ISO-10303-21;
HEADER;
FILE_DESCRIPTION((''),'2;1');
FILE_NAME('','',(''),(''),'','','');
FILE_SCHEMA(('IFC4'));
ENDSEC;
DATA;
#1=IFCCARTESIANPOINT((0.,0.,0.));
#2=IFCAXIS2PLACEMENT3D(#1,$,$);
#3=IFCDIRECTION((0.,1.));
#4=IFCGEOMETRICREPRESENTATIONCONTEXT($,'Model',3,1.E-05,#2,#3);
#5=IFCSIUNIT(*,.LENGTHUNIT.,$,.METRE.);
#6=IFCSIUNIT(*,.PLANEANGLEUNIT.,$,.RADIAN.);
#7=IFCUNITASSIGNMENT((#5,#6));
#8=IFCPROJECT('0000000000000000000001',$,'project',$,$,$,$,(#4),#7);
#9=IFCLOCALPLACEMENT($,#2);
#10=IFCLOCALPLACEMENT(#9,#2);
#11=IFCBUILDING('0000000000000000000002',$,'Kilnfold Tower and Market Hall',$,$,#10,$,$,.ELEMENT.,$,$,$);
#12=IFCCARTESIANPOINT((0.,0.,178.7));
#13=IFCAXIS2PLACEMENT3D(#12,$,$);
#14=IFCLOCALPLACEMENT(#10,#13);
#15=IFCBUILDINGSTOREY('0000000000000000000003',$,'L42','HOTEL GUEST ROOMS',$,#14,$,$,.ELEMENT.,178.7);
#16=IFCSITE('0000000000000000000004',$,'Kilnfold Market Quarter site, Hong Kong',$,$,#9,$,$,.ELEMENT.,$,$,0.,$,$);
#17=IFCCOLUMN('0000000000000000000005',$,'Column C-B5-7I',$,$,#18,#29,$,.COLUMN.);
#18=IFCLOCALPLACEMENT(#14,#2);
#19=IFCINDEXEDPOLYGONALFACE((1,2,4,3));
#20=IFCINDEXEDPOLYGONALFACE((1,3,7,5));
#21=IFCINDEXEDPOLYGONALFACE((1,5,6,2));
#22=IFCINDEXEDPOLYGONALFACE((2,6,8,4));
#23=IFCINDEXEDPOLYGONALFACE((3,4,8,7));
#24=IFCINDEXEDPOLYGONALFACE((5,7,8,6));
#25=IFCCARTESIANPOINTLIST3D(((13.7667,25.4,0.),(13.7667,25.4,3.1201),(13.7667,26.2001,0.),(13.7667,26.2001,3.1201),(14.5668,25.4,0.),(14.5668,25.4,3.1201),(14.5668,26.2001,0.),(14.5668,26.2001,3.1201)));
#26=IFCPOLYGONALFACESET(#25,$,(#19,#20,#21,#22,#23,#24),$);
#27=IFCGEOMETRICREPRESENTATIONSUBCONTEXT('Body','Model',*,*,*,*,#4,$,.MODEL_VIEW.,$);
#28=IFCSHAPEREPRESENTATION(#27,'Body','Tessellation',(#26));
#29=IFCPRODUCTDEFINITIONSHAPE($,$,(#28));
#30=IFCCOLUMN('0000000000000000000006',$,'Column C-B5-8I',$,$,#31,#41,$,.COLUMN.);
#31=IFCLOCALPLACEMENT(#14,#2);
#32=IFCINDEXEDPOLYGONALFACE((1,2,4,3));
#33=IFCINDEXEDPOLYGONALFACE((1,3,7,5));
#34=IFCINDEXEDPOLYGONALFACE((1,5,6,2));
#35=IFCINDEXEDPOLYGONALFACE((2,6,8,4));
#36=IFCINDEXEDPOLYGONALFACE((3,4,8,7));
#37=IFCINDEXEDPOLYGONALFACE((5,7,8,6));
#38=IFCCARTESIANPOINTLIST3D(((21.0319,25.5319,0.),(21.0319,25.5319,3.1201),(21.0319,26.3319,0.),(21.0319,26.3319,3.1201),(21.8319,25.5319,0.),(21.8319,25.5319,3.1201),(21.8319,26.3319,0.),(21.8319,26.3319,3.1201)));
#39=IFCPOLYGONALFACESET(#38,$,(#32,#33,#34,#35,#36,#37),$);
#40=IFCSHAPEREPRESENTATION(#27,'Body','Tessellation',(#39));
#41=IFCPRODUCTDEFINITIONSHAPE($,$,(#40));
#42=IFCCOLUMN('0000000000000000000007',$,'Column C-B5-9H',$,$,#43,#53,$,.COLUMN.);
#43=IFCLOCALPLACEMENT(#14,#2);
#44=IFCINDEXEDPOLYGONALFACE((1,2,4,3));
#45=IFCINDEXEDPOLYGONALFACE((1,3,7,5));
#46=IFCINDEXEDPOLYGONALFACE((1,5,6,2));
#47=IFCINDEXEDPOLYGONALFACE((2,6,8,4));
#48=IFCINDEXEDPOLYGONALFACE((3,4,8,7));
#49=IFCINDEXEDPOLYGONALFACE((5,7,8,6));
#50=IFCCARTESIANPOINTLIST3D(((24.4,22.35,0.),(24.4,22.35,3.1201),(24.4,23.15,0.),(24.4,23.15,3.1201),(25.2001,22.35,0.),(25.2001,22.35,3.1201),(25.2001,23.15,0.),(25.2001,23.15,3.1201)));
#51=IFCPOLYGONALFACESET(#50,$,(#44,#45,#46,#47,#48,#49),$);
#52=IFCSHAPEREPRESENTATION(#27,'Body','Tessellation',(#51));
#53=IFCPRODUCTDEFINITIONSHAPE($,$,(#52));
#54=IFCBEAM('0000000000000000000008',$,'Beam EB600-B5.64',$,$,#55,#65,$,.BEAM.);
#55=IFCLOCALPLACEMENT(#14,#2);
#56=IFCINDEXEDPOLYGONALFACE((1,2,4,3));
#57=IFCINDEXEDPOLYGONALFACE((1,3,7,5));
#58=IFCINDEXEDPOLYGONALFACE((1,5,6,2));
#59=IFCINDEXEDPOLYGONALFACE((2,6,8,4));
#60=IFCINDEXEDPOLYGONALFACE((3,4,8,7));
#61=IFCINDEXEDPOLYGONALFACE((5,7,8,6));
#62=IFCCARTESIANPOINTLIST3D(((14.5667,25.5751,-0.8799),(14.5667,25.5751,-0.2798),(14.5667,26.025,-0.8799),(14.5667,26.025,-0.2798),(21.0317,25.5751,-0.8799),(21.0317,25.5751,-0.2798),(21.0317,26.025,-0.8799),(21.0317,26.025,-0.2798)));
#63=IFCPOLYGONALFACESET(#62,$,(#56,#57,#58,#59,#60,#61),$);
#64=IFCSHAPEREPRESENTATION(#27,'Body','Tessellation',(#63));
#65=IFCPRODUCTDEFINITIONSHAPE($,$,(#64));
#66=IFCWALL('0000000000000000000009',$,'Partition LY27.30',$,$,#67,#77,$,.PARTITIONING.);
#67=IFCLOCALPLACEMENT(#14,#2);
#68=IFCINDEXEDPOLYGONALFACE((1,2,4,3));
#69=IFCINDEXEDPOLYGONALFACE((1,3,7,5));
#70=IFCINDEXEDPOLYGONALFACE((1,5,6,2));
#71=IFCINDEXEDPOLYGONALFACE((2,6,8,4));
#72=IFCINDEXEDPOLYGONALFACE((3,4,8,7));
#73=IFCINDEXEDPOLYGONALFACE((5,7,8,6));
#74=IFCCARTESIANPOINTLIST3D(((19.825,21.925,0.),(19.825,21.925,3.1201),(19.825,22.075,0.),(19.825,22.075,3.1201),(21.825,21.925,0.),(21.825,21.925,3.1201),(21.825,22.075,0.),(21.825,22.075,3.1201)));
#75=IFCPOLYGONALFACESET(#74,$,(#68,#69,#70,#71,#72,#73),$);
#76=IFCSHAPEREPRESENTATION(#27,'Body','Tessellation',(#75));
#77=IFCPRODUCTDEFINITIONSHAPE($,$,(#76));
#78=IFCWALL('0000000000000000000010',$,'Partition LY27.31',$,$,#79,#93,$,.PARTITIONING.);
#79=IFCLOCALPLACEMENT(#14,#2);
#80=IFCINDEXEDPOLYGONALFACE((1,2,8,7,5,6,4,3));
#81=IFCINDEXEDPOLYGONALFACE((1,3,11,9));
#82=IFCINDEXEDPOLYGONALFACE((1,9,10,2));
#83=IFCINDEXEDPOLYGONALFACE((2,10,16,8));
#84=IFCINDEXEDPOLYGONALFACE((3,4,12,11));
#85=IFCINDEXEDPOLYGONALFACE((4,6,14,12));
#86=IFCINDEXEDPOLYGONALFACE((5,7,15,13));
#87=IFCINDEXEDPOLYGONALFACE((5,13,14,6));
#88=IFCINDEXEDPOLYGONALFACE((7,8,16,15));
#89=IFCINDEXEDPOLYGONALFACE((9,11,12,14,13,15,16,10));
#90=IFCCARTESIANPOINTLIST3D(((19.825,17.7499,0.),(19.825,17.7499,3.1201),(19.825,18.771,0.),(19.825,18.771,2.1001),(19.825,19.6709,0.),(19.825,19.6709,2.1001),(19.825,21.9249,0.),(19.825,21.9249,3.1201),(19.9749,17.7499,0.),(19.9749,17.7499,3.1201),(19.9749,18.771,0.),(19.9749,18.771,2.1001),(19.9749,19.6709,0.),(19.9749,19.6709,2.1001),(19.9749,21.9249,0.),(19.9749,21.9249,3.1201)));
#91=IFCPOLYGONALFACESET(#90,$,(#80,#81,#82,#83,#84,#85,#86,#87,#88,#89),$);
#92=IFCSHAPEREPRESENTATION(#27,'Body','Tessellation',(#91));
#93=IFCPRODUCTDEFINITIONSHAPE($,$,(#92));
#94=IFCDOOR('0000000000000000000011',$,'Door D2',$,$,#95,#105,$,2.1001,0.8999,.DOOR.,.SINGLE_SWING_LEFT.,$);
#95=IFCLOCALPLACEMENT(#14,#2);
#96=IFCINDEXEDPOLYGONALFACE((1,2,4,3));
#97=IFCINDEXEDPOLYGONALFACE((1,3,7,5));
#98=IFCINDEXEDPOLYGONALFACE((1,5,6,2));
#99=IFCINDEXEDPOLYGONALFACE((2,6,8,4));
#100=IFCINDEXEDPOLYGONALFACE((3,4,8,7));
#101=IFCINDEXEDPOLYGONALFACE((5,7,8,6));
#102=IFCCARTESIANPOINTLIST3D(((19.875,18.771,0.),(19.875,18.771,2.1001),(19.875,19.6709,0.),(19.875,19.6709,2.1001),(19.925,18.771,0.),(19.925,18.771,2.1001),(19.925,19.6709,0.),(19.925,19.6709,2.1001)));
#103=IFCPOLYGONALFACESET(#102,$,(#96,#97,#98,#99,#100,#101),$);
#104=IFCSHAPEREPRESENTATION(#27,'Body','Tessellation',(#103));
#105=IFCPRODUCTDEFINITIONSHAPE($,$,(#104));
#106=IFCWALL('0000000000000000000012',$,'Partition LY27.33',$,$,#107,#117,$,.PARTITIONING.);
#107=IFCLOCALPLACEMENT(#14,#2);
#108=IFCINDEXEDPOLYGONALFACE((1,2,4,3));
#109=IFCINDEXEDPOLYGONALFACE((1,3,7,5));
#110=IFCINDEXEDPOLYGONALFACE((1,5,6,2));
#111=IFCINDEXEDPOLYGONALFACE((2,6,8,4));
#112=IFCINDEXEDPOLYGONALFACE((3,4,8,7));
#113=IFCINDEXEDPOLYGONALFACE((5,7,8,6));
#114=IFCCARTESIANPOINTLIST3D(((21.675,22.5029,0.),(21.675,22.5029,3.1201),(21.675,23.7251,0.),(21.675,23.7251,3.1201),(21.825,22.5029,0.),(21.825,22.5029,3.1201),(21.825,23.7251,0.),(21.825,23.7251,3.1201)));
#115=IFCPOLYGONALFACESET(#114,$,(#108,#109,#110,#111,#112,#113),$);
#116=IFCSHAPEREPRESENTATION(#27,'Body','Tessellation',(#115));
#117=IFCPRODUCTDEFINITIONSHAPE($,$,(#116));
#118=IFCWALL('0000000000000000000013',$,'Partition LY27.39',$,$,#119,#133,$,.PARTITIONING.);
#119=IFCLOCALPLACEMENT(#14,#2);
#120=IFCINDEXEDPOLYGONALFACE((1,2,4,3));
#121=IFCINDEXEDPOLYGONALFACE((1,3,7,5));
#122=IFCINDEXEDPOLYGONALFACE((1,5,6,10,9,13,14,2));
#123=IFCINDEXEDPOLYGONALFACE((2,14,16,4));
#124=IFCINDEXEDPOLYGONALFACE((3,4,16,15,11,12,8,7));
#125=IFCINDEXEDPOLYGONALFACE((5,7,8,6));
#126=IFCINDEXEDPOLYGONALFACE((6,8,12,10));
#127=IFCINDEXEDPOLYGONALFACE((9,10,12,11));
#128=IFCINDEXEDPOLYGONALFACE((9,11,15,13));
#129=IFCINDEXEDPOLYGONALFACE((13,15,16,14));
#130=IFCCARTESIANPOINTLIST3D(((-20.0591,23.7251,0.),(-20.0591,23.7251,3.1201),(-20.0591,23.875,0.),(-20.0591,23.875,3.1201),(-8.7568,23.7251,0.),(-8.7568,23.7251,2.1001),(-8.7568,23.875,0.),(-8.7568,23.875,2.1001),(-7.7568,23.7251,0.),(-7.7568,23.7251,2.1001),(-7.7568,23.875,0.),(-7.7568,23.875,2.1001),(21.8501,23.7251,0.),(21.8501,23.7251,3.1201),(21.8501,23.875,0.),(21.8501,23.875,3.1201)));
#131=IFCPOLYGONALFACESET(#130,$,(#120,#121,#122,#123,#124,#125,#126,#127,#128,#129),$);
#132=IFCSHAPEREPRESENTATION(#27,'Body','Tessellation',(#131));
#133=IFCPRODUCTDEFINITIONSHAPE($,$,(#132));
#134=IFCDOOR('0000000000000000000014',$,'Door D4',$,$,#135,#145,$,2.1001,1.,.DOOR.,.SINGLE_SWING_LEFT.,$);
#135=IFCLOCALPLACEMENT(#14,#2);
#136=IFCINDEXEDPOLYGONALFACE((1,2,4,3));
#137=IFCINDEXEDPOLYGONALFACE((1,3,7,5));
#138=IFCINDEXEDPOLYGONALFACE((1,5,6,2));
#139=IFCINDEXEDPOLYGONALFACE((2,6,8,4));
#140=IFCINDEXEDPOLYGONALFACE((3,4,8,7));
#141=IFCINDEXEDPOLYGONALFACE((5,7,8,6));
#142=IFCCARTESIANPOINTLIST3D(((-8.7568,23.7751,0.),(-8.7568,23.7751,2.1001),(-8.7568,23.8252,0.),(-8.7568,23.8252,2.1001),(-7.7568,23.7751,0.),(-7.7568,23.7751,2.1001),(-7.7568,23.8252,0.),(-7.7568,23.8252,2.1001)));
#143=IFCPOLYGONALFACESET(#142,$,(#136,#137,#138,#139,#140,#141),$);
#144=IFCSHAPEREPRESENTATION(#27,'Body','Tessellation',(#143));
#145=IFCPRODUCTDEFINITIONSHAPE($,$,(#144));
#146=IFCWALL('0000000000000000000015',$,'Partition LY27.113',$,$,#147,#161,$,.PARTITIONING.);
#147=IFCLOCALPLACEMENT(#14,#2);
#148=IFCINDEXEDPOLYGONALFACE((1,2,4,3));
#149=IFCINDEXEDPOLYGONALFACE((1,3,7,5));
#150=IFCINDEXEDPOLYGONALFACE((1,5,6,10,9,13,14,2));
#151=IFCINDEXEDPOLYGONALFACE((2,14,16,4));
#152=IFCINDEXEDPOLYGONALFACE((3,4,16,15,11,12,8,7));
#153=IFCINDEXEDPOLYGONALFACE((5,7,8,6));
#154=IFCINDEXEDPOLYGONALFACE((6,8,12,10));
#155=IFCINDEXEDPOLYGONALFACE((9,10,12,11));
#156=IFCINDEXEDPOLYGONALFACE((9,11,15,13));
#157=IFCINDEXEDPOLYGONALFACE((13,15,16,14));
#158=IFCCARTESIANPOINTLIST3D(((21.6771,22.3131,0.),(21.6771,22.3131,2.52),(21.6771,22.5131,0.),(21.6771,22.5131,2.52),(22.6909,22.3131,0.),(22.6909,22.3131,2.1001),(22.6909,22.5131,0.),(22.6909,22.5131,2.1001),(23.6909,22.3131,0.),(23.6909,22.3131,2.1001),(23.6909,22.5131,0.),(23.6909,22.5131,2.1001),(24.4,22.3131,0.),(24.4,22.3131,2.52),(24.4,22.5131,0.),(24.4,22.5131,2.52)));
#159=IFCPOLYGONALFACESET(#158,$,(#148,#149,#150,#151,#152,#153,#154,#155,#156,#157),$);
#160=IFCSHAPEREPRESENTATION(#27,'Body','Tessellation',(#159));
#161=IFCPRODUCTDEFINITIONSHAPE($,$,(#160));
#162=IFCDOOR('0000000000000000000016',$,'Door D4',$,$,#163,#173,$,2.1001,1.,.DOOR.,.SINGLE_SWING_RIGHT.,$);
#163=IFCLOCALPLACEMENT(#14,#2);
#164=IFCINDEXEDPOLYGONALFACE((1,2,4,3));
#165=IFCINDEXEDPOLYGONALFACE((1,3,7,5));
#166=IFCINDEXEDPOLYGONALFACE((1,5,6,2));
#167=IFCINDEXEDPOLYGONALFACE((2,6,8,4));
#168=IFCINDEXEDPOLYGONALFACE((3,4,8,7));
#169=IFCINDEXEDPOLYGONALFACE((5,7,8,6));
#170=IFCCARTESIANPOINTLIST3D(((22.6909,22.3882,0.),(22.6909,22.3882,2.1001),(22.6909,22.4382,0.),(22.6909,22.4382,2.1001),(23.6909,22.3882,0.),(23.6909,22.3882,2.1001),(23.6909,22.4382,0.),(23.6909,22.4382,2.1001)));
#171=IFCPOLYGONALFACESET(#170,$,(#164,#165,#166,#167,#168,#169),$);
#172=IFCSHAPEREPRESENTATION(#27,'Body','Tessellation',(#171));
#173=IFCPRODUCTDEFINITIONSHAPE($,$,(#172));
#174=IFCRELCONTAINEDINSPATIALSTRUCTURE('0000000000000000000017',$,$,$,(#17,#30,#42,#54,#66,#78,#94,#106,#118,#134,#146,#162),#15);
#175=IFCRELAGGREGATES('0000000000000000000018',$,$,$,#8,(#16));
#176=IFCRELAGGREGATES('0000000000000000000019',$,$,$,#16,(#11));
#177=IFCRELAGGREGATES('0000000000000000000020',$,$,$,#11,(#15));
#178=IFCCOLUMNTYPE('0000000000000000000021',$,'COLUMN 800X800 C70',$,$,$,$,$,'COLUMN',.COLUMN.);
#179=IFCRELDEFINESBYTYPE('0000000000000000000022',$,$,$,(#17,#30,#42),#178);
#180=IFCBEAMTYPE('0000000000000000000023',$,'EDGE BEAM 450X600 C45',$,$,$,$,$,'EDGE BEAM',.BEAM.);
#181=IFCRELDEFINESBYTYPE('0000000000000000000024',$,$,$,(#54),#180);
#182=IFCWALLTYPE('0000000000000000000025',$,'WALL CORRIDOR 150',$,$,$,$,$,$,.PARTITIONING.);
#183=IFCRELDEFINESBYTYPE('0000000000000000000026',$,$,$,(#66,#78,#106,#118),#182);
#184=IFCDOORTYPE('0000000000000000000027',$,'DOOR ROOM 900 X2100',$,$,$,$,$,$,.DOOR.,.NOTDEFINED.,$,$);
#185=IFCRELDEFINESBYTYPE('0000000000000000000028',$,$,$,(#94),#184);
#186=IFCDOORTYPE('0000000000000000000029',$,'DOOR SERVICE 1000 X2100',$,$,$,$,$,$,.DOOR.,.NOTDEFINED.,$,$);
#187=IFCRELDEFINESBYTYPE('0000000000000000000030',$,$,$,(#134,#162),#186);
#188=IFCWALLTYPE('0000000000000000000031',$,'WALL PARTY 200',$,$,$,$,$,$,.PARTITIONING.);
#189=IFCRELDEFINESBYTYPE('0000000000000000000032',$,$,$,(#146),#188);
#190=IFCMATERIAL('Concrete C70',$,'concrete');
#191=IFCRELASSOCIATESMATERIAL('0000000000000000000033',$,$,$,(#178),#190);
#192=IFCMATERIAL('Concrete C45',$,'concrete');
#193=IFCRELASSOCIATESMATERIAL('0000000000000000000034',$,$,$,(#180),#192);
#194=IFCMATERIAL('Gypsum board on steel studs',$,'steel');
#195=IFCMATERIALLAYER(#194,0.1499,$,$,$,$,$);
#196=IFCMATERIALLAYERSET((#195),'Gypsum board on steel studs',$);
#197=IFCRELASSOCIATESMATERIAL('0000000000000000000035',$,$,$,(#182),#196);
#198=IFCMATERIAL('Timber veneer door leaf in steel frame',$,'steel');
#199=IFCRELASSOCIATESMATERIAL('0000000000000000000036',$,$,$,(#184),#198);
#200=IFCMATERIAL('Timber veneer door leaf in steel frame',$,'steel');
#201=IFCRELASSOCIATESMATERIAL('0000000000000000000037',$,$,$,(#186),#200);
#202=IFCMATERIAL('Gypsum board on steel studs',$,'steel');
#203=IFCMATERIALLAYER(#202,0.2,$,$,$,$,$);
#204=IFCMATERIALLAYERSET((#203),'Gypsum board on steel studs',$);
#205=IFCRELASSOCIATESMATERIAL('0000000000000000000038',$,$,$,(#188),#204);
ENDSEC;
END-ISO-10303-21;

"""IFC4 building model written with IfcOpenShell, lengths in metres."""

from ifc_helpers import new_model, si_unit, direction, frame, frame_2d, origin, origin_2d, place, context, subcontext, project, spatial, rectangle, extrude, source, transform, mapped, material, layer, layer_set, material_profile, profile_set, type_object, element, fill, save


model = new_model("IFC4")

# Units and contexts
model_context = context("Model", 3, precision=1e-05, world=origin(), true_north=direction((0.0, 1.0)))
body_context = subcontext(model_context, "Body", "Model", "MODEL_VIEW")
ifc_project = project(units=[si_unit("LENGTHUNIT", "METRE"), si_unit("PLANEANGLEUNIT", "RADIAN")], contexts=[model_context])

# Site, building, storey
site_placement = place(None, origin())
site = spatial("IfcSite", under=ifc_project, at=site_placement, Name="Kilnfold Market Quarter site, Hong Kong", CompositionType="ELEMENT", RefElevation=0.0)
building_placement = place(site_placement, origin())
building = spatial("IfcBuilding", under=site, at=building_placement, Name="Kilnfold Tower and Market Hall", CompositionType="ELEMENT")
storey_placement = place(building_placement, frame((0.0, 0.0, 178.7)))
storey = spatial("IfcBuildingStorey", under=building, at=storey_placement, Name="L42", Description="HOTEL GUEST ROOMS", CompositionType="ELEMENT", Elevation=178.7)

# Columns
ifc_material_1 = material(Name="Concrete C70", Category="concrete")
ifc_material_profile_1 = material_profile(ifc_material_1, rectangle(XDim=0.8, YDim=0.8, at=origin_2d()), Name="RC 800x800")
ifc_profile_set_1 = profile_set([ifc_material_profile_1], Name="Concrete C70")
column_type = type_object("IfcColumnType", Name="COLUMN 800X800 C70", ElementType="COLUMN", PredefinedType="COLUMN", material=ifc_profile_set_1)
shared_shape_1 = source(origin(), body_context, "Body", "SweptSolid", [
    extrude(rectangle(XDim=0.8, YDim=0.8, at=origin_2d()), origin(), (0.0, 0.0, 1.0), 3.1201),
])
for number, where, z_axis, x_axis, name in (
    (1, (14.1667, 25.8, 0.0), (0.0, 0.0, 1.0), (1.0, 0.0, 0.0), "Column C-B5-7I"),
    (2, (21.4319, 25.9319, 0.0), (0.0, 0.0, 1.0), (1.0, 0.0, 0.0), "Column C-B5-8I"),
    (3, (24.8, 22.75, 0.0), (0.0, 0.0, 1.0), (1.0, 0.0, 0.0), "Column C-B5-9H"),
):
    element("IfcColumn", number, at=place(storey_placement, frame(where, z_axis=z_axis, x_axis=x_axis)), inside=storey, type_object=column_type, Name=name, PredefinedType="COLUMN", context=body_context, shape_type="MappedRepresentation", body=[
        mapped(shared_shape_1, transform((0.0, 0.0, 0.0))),
    ])

# Beam
ifc_material_2 = material(Name="Concrete C45", Category="concrete")
ifc_material_profile_2 = material_profile(ifc_material_2, rectangle(XDim=0.45, YDim=0.6001, at=origin_2d()), Name="RC 450x600")
ifc_profile_set_2 = profile_set([ifc_material_profile_2], Name="Concrete C45")
beam_type = type_object("IfcBeamType", Name="EDGE BEAM 450X600 C45", ElementType="EDGE BEAM", PredefinedType="BEAM", material=ifc_profile_set_2)
shared_shape_2 = source(origin(), body_context, "Body", "SweptSolid", [
    extrude(rectangle(XDim=0.45, YDim=0.6001, at=origin_2d()), origin(), (0.0, 0.0, 1.0), 6.4651),
])
beam_placement = place(storey_placement, frame((14.5667, 25.8, -0.5798), z_axis=(1.0, 0.0, 0.0), x_axis=(0.0, 1.0, 0.0)))
element("IfcBeam", 4, at=beam_placement, inside=storey, type_object=beam_type, Name="Beam EB600-B5.64", PredefinedType="BEAM", context=body_context, shape_type="MappedRepresentation", body=[
    mapped(shared_shape_2, transform((0.0, 0.0, 0.0))),
])

# Wall
ifc_material_3 = material(Name="Gypsum board on steel studs", Category="steel")
ifc_layer_1 = layer(ifc_material_3, 0.1499)
ifc_layer_set_1 = layer_set([ifc_layer_1], Name="Gypsum board on steel studs")
wall_type_1 = type_object("IfcWallType", Name="WALL CORRIDOR 150", PredefinedType="PARTITIONING", material=ifc_layer_set_1)
wall_1_placement = place(storey_placement, frame((19.825, 22.0, 0.0), z_axis=(0.0, 0.0, 1.0), x_axis=(1.0, 0.0, 0.0)))
element("IfcWall", 5, at=wall_1_placement, inside=storey, type_object=wall_type_1, Name="Partition LY27.30", PredefinedType="PARTITIONING", context=body_context, shape_type="SweptSolid", body=[
    extrude(rectangle(XDim=2.0, YDim=0.1499, at=frame_2d((1.0, 0.0))), origin(), (0.0, 0.0, 1.0), 3.1201),
])

# Wall, opening, door
wall_2_placement = place(storey_placement, frame((19.8999, 17.75, 0.0), z_axis=(0.0, 0.0, 1.0), x_axis=(0.0, 1.0, 0.0)))
wall_2 = element("IfcWall", 6, at=wall_2_placement, inside=storey, type_object=wall_type_1, Name="Partition LY27.31", PredefinedType="PARTITIONING", context=body_context, shape_type="SweptSolid", body=[
    extrude(rectangle(XDim=4.175, YDim=0.1499, at=frame_2d((2.0874, 0.0))), origin(), (0.0, 0.0, 1.0), 3.1201),
])
opening_1_placement = place(wall_2_placement, frame((1.021, 0.0, 0.0)))
opening_1 = element("IfcOpeningElement", 7, at=opening_1_placement, cuts=wall_2, PredefinedType="OPENING", context=body_context, shape_type="SweptSolid", body=[
    extrude(rectangle(XDim=0.8999, YDim=2.1001, at=frame_2d((0.45, 1.05))), frame((0.0, 0.085, 0.0), z_axis=(0.0, -1.0, 0.0), x_axis=(1.0, 0.0, 0.0)), (0.0, 0.0, 1.0), 0.1699),
])
ifc_material_4 = material(Name="Timber veneer door leaf in steel frame", Category="steel")
door_type_1 = type_object("IfcDoorType", Name="DOOR ROOM 900 X2100", OperationType="NOTDEFINED", PredefinedType="DOOR", material=ifc_material_4)
door_1_placement = place(opening_1_placement, origin())
door_1 = element("IfcDoor", 8, at=door_1_placement, inside=storey, type_object=door_type_1, Name="Door D2", OperationType="SINGLE_SWING_LEFT", OverallHeight=2.1001, OverallWidth=0.8999, PredefinedType="DOOR", context=body_context, shape_type="SweptSolid", body=[
    extrude(rectangle(XDim=0.8999, YDim=2.1001, at=frame_2d((0.45, 1.05))), frame((0.0, 0.0249, 0.0), z_axis=(0.0, -1.0, 0.0), x_axis=(1.0, 0.0, 0.0)), (0.0, 0.0, 1.0), 0.05),
])
fill(opening_1, door_1)

# Wall
wall_3_placement = place(storey_placement, frame((21.75, 22.5029, 0.0), z_axis=(0.0, 0.0, 1.0), x_axis=(0.0, 1.0, 0.0)))
element("IfcWall", 9, at=wall_3_placement, inside=storey, type_object=wall_type_1, Name="Partition LY27.33", PredefinedType="PARTITIONING", context=body_context, shape_type="SweptSolid", body=[
    extrude(rectangle(XDim=1.2222, YDim=0.1499, at=frame_2d((0.6111, 0.0))), origin(), (0.0, 0.0, 1.0), 3.1201),
])

# Walls, openings, doors
wall_4_placement = place(storey_placement, frame((21.8501, 23.8, 0.0), z_axis=(0.0, 0.0, 1.0), x_axis=(-1.0, 0.0, 0.0)))
wall_4 = element("IfcWall", 10, at=wall_4_placement, inside=storey, type_object=wall_type_1, Name="Partition LY27.39", PredefinedType="PARTITIONING", context=body_context, shape_type="SweptSolid", body=[
    extrude(rectangle(XDim=41.9092, YDim=0.1499, at=frame_2d((20.9546, 0.0))), origin(), (0.0, 0.0, 1.0), 3.1201),
])
opening_2_placement = place(wall_4_placement, frame((29.6069, 0.0, 0.0)))
opening_2 = element("IfcOpeningElement", 11, at=opening_2_placement, cuts=wall_4, PredefinedType="OPENING", context=body_context, shape_type="SweptSolid", body=[
    extrude(rectangle(XDim=1.0, YDim=2.1001, at=frame_2d((0.5, 1.05))), frame((0.0, 0.085, 0.0), z_axis=(0.0, -1.0, 0.0), x_axis=(1.0, 0.0, 0.0)), (0.0, 0.0, 1.0), 0.1699),
])
ifc_material_5 = material(Name="Timber veneer door leaf in steel frame", Category="steel")
door_type_2 = type_object("IfcDoorType", Name="DOOR SERVICE 1000 X2100", OperationType="NOTDEFINED", PredefinedType="DOOR", material=ifc_material_5)
door_2_placement = place(opening_2_placement, origin())
door_2 = element("IfcDoor", 12, at=door_2_placement, inside=storey, type_object=door_type_2, Name="Door D4", OperationType="SINGLE_SWING_LEFT", OverallHeight=2.1001, OverallWidth=1.0, PredefinedType="DOOR", context=body_context, shape_type="SweptSolid", body=[
    extrude(rectangle(XDim=1.0, YDim=2.1001, at=frame_2d((0.5, 1.05))), frame((0.0, 0.0249, 0.0), z_axis=(0.0, -1.0, 0.0), x_axis=(1.0, 0.0, 0.0)), (0.0, 0.0, 1.0), 0.05),
])
fill(opening_2, door_2)
ifc_material_6 = material(Name="Gypsum board on steel studs", Category="steel")
ifc_layer_2 = layer(ifc_material_6, 0.2)
ifc_layer_set_2 = layer_set([ifc_layer_2], Name="Gypsum board on steel studs")
wall_type_2 = type_object("IfcWallType", Name="WALL PARTY 200", PredefinedType="PARTITIONING", material=ifc_layer_set_2)
wall_5_placement = place(storey_placement, frame((24.3999, 22.4131, 0.0), z_axis=(0.0, 0.0, 1.0), x_axis=(-1.0, 0.0, 0.0)))
wall_5 = element("IfcWall", 13, at=wall_5_placement, inside=storey, type_object=wall_type_2, Name="Partition LY27.113", PredefinedType="PARTITIONING", context=body_context, shape_type="SweptSolid", body=[
    extrude(rectangle(XDim=2.7229, YDim=0.2, at=frame_2d((1.3613, 0.0))), origin(), (0.0, 0.0, 1.0), 2.52),
])
opening_3_placement = place(wall_5_placement, frame((0.709, 0.0, 0.0)))
opening_3 = element("IfcOpeningElement", 14, at=opening_3_placement, cuts=wall_5, PredefinedType="OPENING", context=body_context, shape_type="SweptSolid", body=[
    extrude(rectangle(XDim=1.0, YDim=2.1001, at=frame_2d((0.5, 1.05))), frame((0.0, 0.1099, 0.0), z_axis=(0.0, -1.0, 0.0), x_axis=(1.0, 0.0, 0.0)), (0.0, 0.0, 1.0), 0.22),
])
door_3_placement = place(opening_3_placement, origin())
door_3 = element("IfcDoor", 15, at=door_3_placement, inside=storey, type_object=door_type_2, Name="Door D4", OperationType="SINGLE_SWING_RIGHT", OverallHeight=2.1001, OverallWidth=1.0, PredefinedType="DOOR", context=body_context, shape_type="SweptSolid", body=[
    extrude(rectangle(XDim=1.0, YDim=2.1001, at=frame_2d((0.5, 1.05))), frame((0.0, 0.0249, 0.0), z_axis=(0.0, -1.0, 0.0), x_axis=(1.0, 0.0, 0.0)), (0.0, 0.0, 1.0), 0.05),
])
fill(opening_3, door_3)

save(model, "model.ifc")
